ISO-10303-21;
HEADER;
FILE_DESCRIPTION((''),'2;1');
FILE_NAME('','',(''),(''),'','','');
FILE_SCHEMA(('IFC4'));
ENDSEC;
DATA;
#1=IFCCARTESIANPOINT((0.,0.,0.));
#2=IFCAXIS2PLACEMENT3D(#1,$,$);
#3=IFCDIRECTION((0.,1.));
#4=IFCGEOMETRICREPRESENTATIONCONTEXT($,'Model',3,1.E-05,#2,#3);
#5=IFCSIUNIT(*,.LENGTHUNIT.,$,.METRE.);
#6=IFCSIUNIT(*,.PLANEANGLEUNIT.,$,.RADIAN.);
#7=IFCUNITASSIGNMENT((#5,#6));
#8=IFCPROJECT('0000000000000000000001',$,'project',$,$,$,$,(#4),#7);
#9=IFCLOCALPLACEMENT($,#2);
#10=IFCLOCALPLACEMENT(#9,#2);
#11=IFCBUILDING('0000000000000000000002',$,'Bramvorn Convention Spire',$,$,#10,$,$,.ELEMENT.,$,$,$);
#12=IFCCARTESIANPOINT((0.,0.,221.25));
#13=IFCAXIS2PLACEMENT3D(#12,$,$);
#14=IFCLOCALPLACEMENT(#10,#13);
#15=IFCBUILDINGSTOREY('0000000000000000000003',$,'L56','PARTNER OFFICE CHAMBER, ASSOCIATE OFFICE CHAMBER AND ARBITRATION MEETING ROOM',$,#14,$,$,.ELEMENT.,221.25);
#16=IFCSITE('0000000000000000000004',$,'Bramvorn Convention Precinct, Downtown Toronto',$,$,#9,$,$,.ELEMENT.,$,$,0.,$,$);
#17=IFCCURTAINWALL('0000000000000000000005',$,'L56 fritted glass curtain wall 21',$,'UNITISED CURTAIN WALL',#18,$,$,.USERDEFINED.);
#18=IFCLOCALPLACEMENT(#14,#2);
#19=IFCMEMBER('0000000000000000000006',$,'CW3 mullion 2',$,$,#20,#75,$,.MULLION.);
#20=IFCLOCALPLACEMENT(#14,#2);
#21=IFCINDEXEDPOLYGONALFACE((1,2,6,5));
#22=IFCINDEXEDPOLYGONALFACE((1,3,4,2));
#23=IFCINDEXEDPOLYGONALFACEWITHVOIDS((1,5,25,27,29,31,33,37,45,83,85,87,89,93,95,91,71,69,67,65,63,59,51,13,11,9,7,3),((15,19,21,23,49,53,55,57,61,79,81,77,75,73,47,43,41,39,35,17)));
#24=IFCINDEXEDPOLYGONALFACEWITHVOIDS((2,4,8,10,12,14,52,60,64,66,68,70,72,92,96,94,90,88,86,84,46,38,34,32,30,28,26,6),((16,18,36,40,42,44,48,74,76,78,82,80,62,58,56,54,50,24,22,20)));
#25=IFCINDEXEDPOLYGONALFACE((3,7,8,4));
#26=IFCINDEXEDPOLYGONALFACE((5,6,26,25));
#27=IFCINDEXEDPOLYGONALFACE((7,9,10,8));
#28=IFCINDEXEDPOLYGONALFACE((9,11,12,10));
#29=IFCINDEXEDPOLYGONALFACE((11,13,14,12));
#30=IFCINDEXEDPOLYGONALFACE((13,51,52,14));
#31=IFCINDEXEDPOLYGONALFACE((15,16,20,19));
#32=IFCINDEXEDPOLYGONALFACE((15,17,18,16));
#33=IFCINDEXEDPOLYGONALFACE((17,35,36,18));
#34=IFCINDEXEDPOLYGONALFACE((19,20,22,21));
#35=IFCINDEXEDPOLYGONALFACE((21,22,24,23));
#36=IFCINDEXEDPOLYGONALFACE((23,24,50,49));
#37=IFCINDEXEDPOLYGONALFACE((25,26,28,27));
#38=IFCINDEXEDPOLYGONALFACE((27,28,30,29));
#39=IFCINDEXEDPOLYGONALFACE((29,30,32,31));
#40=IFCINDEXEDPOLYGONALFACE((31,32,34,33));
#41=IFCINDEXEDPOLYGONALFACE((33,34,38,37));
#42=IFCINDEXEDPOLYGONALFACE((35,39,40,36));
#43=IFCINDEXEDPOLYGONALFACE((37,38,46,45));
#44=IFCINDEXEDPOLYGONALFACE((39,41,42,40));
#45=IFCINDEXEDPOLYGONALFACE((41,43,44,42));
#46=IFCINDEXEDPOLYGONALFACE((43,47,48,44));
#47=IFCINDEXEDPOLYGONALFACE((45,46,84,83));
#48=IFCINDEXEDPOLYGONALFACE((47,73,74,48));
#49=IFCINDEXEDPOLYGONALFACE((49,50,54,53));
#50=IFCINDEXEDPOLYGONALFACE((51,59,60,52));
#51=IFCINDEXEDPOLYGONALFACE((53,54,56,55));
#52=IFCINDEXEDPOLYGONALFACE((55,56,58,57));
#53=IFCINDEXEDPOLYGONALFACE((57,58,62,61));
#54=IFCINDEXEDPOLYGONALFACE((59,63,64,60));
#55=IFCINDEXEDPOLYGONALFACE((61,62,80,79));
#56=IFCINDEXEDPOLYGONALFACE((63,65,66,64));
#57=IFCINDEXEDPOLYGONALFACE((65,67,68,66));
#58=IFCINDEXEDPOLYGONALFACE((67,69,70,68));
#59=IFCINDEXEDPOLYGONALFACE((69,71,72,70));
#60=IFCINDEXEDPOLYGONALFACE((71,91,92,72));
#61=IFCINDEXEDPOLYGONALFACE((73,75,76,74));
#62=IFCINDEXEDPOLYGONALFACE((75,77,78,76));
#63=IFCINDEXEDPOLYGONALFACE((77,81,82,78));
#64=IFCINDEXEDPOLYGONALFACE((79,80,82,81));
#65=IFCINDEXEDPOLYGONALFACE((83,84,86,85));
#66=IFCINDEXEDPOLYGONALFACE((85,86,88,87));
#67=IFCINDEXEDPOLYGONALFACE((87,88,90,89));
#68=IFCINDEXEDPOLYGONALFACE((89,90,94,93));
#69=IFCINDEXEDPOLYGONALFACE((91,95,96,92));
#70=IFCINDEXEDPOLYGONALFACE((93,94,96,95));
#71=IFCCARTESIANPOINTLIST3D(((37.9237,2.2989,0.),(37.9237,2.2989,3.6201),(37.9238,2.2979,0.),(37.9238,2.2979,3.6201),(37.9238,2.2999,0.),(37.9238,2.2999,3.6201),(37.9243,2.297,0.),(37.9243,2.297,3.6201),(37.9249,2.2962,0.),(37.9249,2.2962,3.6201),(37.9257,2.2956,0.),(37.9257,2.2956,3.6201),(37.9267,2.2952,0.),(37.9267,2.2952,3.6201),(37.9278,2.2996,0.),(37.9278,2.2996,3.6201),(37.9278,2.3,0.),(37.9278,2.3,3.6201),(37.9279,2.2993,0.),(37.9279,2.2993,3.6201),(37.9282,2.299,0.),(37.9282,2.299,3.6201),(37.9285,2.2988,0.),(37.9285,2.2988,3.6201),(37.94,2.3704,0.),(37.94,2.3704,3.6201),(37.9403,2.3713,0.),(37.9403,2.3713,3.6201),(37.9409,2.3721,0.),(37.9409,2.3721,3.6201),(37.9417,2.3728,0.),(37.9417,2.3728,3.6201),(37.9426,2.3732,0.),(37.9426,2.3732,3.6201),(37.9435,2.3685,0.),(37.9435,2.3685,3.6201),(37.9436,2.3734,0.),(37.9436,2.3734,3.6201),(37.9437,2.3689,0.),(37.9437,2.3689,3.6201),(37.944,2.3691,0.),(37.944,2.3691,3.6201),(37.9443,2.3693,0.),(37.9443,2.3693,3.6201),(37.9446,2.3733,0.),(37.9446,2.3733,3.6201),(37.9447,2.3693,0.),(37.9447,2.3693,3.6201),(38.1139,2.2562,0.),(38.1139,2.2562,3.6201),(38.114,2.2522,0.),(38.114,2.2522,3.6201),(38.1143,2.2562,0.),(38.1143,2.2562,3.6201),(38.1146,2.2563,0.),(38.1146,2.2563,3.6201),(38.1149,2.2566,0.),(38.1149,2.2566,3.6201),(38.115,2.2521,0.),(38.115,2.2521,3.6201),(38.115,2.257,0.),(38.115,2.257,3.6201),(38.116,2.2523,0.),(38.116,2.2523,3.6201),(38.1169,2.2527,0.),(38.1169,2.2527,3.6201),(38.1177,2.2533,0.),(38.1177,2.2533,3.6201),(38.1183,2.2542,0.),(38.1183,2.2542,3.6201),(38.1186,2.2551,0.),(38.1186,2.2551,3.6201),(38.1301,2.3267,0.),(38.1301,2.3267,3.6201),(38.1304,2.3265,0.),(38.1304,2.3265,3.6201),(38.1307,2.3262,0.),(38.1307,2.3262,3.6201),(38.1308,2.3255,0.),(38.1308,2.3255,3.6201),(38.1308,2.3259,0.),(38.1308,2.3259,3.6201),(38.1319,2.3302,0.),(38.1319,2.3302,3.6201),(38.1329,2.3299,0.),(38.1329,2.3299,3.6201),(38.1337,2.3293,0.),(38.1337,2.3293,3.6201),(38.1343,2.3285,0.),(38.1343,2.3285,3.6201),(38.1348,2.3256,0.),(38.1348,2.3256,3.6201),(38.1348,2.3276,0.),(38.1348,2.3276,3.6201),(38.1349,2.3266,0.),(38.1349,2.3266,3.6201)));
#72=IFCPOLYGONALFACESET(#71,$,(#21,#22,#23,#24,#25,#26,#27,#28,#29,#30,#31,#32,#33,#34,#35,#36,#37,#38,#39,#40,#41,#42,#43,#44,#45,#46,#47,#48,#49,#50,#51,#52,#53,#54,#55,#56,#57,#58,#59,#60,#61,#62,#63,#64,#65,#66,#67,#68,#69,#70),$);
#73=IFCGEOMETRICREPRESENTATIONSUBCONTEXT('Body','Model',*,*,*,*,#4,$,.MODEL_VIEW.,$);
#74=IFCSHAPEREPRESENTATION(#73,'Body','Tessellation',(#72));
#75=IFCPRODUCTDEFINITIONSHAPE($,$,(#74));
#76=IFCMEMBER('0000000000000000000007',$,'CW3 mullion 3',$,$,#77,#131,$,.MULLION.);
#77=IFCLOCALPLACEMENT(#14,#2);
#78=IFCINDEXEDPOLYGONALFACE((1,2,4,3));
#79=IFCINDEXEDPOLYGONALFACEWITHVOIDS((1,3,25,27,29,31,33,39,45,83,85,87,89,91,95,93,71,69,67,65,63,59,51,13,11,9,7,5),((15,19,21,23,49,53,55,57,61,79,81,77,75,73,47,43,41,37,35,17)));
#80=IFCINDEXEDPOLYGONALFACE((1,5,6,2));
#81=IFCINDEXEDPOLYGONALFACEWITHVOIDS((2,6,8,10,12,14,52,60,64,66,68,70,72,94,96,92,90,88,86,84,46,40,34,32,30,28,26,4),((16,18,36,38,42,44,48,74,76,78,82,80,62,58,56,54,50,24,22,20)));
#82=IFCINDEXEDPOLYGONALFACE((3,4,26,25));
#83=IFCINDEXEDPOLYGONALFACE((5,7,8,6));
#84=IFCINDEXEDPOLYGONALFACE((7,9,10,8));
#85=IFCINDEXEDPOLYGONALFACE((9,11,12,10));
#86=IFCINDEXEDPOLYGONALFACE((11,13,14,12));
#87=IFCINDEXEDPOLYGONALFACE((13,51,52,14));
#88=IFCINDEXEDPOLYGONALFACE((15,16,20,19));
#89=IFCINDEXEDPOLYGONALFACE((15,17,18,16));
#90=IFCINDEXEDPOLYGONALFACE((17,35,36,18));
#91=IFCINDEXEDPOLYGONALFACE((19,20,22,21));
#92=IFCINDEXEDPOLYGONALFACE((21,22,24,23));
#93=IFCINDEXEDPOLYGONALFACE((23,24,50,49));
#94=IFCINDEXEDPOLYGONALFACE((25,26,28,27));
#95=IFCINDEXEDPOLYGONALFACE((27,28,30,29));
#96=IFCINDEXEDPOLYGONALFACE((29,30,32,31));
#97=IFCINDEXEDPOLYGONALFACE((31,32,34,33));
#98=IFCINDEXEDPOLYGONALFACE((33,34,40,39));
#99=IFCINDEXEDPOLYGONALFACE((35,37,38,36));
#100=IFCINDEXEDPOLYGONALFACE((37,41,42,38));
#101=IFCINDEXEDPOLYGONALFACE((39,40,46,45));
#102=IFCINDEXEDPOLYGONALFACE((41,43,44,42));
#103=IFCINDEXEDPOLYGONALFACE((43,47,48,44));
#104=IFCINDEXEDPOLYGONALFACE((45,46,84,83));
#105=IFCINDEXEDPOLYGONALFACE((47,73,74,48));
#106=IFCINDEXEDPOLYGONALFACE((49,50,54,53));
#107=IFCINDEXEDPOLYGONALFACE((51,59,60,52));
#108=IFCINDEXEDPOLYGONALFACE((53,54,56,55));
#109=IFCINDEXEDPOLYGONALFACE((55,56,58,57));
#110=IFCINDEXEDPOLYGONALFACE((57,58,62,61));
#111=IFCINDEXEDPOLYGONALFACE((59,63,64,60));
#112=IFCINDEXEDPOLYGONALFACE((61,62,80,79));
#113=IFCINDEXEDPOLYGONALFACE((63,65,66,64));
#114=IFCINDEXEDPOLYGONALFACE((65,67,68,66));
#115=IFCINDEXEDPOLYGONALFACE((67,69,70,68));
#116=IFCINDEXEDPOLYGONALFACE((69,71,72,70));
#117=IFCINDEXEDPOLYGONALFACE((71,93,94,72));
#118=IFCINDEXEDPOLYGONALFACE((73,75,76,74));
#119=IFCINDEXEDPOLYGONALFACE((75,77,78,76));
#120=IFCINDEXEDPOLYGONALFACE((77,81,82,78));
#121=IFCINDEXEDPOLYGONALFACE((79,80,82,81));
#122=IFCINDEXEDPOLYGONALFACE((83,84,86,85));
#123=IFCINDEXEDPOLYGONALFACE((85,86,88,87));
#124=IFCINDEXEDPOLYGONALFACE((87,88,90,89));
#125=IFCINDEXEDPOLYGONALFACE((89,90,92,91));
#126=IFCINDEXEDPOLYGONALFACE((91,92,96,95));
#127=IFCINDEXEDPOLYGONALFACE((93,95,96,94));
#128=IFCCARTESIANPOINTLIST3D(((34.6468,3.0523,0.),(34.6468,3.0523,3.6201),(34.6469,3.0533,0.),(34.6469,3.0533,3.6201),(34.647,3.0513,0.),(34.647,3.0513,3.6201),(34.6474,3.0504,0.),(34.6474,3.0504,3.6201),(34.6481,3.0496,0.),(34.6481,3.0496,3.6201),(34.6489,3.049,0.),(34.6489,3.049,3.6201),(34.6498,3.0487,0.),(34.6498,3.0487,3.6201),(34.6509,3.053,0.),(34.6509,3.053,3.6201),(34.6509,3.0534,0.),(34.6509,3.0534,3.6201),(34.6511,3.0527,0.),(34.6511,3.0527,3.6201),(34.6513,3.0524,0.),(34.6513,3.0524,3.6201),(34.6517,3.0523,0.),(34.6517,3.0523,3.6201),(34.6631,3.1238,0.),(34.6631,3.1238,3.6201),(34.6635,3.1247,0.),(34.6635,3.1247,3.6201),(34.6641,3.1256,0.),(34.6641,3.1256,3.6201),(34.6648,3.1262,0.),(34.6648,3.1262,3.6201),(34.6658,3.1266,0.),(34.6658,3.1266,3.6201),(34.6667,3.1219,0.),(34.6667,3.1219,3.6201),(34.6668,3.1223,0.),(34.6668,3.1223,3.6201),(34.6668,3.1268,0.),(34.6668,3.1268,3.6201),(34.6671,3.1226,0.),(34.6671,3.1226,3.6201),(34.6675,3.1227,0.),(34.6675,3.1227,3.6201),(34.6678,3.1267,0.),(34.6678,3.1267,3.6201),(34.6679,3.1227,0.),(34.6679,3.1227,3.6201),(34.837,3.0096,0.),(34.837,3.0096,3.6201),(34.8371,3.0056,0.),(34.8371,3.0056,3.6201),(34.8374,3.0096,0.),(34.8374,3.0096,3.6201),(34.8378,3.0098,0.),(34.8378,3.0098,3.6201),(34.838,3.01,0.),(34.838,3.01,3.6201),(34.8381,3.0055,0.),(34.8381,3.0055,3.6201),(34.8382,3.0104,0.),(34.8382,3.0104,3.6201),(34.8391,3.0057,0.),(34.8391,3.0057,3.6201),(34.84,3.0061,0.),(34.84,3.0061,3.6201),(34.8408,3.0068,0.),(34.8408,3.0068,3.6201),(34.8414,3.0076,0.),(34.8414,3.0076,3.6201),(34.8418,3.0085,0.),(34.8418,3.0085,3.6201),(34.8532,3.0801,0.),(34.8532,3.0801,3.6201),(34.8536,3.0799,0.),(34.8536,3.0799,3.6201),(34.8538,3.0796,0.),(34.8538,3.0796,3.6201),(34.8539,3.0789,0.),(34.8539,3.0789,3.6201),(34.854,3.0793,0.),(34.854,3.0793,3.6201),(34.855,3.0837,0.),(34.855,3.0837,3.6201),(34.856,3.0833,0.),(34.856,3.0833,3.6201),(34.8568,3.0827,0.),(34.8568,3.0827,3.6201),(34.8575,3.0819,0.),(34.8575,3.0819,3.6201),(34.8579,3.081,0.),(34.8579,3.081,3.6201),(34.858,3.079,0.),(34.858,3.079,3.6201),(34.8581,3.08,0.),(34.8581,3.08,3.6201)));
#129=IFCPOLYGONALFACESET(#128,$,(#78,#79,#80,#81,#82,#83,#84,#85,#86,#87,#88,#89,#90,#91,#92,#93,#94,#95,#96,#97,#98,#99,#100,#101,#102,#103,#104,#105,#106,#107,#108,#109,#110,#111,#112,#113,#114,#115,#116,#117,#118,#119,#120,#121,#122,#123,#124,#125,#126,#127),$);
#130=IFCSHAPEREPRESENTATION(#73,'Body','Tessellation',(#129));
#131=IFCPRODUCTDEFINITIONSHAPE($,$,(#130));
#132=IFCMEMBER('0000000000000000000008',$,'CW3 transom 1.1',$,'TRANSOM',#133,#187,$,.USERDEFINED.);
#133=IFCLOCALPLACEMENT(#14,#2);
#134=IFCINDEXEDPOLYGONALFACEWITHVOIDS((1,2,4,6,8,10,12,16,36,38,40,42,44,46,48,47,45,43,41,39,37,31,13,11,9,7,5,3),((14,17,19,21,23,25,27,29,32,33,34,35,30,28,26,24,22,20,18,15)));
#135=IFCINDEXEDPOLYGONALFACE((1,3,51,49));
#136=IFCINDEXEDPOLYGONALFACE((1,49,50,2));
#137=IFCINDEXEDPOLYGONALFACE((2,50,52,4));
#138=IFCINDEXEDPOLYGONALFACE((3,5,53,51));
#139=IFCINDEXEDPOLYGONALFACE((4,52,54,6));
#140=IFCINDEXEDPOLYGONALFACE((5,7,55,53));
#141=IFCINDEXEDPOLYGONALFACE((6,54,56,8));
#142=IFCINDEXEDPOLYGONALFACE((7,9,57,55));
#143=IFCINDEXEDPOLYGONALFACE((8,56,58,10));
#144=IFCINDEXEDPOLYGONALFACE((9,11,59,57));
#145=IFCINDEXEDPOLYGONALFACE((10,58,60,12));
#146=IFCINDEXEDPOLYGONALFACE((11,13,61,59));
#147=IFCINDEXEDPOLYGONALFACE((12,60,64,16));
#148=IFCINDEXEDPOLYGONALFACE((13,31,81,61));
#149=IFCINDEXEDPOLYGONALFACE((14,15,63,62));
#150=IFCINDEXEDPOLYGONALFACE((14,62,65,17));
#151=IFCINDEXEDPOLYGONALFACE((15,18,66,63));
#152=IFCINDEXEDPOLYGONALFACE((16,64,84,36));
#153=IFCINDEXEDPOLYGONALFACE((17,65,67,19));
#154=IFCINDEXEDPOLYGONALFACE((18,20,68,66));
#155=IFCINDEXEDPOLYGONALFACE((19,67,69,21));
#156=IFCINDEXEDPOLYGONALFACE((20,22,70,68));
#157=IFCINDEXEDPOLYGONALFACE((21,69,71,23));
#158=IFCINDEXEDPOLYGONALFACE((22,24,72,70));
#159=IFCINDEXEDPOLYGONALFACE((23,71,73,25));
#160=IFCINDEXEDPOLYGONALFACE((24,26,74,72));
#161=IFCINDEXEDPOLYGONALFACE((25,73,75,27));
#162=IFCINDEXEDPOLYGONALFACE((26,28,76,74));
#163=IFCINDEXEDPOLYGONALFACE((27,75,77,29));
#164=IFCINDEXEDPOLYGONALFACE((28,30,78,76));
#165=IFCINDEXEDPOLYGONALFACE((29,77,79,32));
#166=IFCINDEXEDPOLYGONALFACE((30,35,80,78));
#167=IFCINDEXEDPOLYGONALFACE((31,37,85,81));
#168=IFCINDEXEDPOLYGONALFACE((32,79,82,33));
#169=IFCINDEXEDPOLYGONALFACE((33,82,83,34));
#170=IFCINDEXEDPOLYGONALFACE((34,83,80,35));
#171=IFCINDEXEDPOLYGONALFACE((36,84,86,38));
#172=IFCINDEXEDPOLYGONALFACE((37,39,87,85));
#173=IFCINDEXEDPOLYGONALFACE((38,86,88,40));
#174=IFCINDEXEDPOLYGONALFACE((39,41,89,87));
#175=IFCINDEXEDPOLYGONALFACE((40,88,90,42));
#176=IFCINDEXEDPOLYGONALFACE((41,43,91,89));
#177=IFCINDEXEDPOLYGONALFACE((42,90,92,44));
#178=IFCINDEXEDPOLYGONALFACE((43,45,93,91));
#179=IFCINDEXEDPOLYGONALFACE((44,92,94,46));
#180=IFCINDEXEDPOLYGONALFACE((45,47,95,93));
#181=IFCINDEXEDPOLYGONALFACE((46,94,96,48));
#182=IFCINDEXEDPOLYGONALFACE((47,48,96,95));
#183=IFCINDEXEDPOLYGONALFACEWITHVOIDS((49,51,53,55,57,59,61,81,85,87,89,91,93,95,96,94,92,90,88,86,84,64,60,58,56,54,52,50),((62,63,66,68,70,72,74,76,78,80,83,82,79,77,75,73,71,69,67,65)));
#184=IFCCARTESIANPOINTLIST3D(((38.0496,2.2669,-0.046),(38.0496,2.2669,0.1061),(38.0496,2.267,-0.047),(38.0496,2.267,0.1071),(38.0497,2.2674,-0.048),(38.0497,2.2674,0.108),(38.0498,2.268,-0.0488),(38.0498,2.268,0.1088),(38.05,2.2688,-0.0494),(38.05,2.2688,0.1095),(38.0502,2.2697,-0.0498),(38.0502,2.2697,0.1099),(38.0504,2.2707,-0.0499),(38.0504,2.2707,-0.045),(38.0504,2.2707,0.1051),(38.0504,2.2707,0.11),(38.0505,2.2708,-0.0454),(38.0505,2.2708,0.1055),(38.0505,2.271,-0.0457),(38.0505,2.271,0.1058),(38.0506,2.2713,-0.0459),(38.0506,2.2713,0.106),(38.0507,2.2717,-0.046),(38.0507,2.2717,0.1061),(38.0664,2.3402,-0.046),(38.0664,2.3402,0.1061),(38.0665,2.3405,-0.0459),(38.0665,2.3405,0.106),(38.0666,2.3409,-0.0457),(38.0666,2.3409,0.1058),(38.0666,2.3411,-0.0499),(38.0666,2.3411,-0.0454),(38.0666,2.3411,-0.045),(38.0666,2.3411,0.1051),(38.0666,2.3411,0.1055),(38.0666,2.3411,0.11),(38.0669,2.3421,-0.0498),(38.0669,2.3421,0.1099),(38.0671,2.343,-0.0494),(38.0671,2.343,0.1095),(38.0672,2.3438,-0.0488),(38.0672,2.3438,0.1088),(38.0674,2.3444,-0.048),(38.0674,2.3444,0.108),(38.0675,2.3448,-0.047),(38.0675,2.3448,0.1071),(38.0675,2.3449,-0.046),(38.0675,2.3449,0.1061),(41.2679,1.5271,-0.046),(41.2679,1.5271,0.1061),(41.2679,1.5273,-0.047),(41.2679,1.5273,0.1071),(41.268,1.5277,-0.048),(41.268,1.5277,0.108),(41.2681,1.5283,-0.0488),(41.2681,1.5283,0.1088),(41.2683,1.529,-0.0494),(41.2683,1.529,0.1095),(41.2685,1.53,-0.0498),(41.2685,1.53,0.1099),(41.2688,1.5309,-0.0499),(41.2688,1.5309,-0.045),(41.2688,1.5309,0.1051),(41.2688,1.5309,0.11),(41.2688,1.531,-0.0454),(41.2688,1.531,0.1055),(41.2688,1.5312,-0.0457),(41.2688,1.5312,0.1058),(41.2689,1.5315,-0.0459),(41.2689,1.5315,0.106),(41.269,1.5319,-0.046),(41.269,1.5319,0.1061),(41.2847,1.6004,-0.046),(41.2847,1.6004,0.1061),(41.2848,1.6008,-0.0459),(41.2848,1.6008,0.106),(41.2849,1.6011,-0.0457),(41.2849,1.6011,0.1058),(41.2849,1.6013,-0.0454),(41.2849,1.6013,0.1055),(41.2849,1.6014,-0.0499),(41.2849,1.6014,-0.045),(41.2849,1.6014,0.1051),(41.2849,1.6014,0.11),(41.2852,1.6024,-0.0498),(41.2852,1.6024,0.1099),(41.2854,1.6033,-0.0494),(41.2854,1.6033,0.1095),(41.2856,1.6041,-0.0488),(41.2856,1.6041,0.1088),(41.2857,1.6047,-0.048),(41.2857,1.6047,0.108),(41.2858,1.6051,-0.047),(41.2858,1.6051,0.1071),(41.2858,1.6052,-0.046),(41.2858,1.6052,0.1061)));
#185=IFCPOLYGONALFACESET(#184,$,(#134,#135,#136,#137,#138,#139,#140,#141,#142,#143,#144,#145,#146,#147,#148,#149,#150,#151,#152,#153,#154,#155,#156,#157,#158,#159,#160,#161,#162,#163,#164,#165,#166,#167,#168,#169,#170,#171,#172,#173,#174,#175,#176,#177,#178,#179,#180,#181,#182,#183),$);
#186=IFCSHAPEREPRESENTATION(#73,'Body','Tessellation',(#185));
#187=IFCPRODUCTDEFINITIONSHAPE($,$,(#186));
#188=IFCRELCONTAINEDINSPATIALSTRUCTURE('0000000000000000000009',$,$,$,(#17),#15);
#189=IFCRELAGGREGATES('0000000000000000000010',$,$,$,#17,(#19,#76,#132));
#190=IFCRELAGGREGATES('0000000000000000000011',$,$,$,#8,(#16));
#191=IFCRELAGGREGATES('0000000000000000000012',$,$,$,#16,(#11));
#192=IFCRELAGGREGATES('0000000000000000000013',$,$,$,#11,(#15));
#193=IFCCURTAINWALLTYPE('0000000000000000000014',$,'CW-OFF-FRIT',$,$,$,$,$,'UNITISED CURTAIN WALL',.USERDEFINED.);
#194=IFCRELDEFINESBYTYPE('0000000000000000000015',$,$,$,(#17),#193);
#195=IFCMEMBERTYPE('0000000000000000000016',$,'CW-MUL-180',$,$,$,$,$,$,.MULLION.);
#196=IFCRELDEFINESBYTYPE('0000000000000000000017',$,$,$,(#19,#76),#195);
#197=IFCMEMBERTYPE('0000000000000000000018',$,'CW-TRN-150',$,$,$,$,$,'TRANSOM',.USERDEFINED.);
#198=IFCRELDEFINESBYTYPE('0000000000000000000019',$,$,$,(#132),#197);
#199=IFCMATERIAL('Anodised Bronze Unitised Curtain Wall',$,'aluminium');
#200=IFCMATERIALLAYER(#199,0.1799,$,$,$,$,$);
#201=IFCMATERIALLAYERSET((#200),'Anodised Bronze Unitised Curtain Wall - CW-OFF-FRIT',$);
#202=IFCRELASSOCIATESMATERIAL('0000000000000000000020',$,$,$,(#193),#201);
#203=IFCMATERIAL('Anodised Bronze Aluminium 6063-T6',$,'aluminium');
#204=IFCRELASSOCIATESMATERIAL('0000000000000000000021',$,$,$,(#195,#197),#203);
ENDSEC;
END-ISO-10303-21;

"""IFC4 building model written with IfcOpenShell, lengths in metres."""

from ifc_helpers import new_model, si_unit, direction, frame, origin, origin_2d, place, context, subcontext, project, spatial, hollow_rectangle, extrude, material, layer, layer_set, material_profile, profile_set, type_object, element, aggregate, save


model = new_model("IFC4")

# Units and contexts
model_context = context("Model", 3, precision=1e-05, world=origin(), true_north=direction((0.0, 1.0)))
body_context = subcontext(model_context, "Body", "Model", "MODEL_VIEW")
ifc_project = project(units=[si_unit("LENGTHUNIT", "METRE"), si_unit("PLANEANGLEUNIT", "RADIAN")], contexts=[model_context])

# Site, building, storey
site_placement = place(None, origin())
site = spatial("IfcSite", under=ifc_project, at=site_placement, Name="Bramvorn Convention Precinct, Downtown Toronto", CompositionType="ELEMENT", RefElevation=0.0)
building_placement = place(site_placement, origin())
building = spatial("IfcBuilding", under=site, at=building_placement, Name="Bramvorn Convention Spire", CompositionType="ELEMENT")
storey_placement = place(building_placement, frame((0.0, 0.0, 221.25)))
storey = spatial("IfcBuildingStorey", under=building, at=storey_placement, Name="L56", Description="PARTNER OFFICE CHAMBER, ASSOCIATE OFFICE CHAMBER AND ARBITRATION MEETING ROOM", CompositionType="ELEMENT", Elevation=221.25)

# Curtain wall, members
ifc_material_1 = material(Name="Anodised Bronze Unitised Curtain Wall", Category="aluminium")
ifc_layer_1 = layer(ifc_material_1, 0.1799)
ifc_layer_set_1 = layer_set([ifc_layer_1], Name="Anodised Bronze Unitised Curtain Wall - CW-OFF-FRIT")
curtain_wall_type = type_object("IfcCurtainWallType", Name="CW-OFF-FRIT", ElementType="UNITISED CURTAIN WALL", PredefinedType="USERDEFINED", material=ifc_layer_set_1)
curtain_wall_placement = place(storey_placement, origin())
curtain_wall = element("IfcCurtainWall", 1, at=curtain_wall_placement, inside=storey, type_object=curtain_wall_type, Name="L56 fritted glass curtain wall 21", ObjectType="UNITISED CURTAIN WALL", PredefinedType="USERDEFINED")
ifc_material_2 = material(Name="Anodised Bronze Aluminium 6063-T6", Category="aluminium")
ifc_material_profile_1 = material_profile(ifc_material_2, hollow_rectangle(XDim=0.0801, YDim=0.2, WallThickness=0.0039, InnerFilletRadius=0.001, OuterFilletRadius=0.0039, at=origin_2d()))
ifc_profile_set_1 = profile_set([ifc_material_profile_1], Name="Anodised Bronze Aluminium 6063-T6 - CWM80X200")
member_type_1 = type_object("IfcMemberType", Name="CW-MUL-180", PredefinedType="MULLION", material=ifc_profile_set_1)
member_1_placement = place(storey_placement, frame((38.0293, 2.3127, 0.0), z_axis=(0.0, 0.0, 1.0), x_axis=(-0.224055, -0.974576, 0.0)))
member_1 = element("IfcMember", 2, at=member_1_placement, type_object=member_type_1, Name="CW3 mullion 2", PredefinedType="MULLION", context=body_context, shape_type="SweptSolid", body=[
    extrude(hollow_rectangle(XDim=0.0801, YDim=0.2, WallThickness=0.0039, InnerFilletRadius=0.001, OuterFilletRadius=0.0039, at=origin_2d()), origin(), (0.0, 0.0, 1.0), 3.6201),
])
member_2_placement = place(storey_placement, frame((34.7524, 3.0662, 0.0), z_axis=(0.0, 0.0, 1.0), x_axis=(-0.224055, -0.974576, 0.0)))
member_2 = element("IfcMember", 3, at=member_2_placement, type_object=member_type_1, Name="CW3 mullion 3", PredefinedType="MULLION", context=body_context, shape_type="SweptSolid", body=[
    extrude(hollow_rectangle(XDim=0.0801, YDim=0.2, WallThickness=0.0039, InnerFilletRadius=0.001, OuterFilletRadius=0.0039, at=origin_2d()), origin(), (0.0, 0.0, 1.0), 3.6201),
])
ifc_material_profile_2 = material_profile(ifc_material_2, hollow_rectangle(XDim=0.0801, YDim=0.1599, WallThickness=0.0039, InnerFilletRadius=0.001, OuterFilletRadius=0.0039, at=origin_2d()))
ifc_profile_set_2 = profile_set([ifc_material_profile_2], Name="Anodised Bronze Aluminium 6063-T6 - CWT80X160")
member_type_2 = type_object("IfcMemberType", Name="CW-TRN-150", ElementType="TRANSOM", PredefinedType="USERDEFINED", material=ifc_profile_set_2)
member_3_placement = place(storey_placement, frame((41.2769, 1.5662, 0.03), z_axis=(-0.974585, 0.224017, 0.0), x_axis=(-0.224017, -0.974585, 0.0)))
member_3 = element("IfcMember", 4, at=member_3_placement, type_object=member_type_2, Name="CW3 transom 1.1", ObjectType="TRANSOM", PredefinedType="USERDEFINED", context=body_context, shape_type="SweptSolid", body=[
    extrude(hollow_rectangle(XDim=0.0801, YDim=0.1599, WallThickness=0.0039, InnerFilletRadius=0.001, OuterFilletRadius=0.0039, at=origin_2d()), origin(), (0.0, 0.0, 1.0), 3.3022),
])
aggregate(curtain_wall, [member_1, member_2, member_3])

save(model, "model.ifc")
